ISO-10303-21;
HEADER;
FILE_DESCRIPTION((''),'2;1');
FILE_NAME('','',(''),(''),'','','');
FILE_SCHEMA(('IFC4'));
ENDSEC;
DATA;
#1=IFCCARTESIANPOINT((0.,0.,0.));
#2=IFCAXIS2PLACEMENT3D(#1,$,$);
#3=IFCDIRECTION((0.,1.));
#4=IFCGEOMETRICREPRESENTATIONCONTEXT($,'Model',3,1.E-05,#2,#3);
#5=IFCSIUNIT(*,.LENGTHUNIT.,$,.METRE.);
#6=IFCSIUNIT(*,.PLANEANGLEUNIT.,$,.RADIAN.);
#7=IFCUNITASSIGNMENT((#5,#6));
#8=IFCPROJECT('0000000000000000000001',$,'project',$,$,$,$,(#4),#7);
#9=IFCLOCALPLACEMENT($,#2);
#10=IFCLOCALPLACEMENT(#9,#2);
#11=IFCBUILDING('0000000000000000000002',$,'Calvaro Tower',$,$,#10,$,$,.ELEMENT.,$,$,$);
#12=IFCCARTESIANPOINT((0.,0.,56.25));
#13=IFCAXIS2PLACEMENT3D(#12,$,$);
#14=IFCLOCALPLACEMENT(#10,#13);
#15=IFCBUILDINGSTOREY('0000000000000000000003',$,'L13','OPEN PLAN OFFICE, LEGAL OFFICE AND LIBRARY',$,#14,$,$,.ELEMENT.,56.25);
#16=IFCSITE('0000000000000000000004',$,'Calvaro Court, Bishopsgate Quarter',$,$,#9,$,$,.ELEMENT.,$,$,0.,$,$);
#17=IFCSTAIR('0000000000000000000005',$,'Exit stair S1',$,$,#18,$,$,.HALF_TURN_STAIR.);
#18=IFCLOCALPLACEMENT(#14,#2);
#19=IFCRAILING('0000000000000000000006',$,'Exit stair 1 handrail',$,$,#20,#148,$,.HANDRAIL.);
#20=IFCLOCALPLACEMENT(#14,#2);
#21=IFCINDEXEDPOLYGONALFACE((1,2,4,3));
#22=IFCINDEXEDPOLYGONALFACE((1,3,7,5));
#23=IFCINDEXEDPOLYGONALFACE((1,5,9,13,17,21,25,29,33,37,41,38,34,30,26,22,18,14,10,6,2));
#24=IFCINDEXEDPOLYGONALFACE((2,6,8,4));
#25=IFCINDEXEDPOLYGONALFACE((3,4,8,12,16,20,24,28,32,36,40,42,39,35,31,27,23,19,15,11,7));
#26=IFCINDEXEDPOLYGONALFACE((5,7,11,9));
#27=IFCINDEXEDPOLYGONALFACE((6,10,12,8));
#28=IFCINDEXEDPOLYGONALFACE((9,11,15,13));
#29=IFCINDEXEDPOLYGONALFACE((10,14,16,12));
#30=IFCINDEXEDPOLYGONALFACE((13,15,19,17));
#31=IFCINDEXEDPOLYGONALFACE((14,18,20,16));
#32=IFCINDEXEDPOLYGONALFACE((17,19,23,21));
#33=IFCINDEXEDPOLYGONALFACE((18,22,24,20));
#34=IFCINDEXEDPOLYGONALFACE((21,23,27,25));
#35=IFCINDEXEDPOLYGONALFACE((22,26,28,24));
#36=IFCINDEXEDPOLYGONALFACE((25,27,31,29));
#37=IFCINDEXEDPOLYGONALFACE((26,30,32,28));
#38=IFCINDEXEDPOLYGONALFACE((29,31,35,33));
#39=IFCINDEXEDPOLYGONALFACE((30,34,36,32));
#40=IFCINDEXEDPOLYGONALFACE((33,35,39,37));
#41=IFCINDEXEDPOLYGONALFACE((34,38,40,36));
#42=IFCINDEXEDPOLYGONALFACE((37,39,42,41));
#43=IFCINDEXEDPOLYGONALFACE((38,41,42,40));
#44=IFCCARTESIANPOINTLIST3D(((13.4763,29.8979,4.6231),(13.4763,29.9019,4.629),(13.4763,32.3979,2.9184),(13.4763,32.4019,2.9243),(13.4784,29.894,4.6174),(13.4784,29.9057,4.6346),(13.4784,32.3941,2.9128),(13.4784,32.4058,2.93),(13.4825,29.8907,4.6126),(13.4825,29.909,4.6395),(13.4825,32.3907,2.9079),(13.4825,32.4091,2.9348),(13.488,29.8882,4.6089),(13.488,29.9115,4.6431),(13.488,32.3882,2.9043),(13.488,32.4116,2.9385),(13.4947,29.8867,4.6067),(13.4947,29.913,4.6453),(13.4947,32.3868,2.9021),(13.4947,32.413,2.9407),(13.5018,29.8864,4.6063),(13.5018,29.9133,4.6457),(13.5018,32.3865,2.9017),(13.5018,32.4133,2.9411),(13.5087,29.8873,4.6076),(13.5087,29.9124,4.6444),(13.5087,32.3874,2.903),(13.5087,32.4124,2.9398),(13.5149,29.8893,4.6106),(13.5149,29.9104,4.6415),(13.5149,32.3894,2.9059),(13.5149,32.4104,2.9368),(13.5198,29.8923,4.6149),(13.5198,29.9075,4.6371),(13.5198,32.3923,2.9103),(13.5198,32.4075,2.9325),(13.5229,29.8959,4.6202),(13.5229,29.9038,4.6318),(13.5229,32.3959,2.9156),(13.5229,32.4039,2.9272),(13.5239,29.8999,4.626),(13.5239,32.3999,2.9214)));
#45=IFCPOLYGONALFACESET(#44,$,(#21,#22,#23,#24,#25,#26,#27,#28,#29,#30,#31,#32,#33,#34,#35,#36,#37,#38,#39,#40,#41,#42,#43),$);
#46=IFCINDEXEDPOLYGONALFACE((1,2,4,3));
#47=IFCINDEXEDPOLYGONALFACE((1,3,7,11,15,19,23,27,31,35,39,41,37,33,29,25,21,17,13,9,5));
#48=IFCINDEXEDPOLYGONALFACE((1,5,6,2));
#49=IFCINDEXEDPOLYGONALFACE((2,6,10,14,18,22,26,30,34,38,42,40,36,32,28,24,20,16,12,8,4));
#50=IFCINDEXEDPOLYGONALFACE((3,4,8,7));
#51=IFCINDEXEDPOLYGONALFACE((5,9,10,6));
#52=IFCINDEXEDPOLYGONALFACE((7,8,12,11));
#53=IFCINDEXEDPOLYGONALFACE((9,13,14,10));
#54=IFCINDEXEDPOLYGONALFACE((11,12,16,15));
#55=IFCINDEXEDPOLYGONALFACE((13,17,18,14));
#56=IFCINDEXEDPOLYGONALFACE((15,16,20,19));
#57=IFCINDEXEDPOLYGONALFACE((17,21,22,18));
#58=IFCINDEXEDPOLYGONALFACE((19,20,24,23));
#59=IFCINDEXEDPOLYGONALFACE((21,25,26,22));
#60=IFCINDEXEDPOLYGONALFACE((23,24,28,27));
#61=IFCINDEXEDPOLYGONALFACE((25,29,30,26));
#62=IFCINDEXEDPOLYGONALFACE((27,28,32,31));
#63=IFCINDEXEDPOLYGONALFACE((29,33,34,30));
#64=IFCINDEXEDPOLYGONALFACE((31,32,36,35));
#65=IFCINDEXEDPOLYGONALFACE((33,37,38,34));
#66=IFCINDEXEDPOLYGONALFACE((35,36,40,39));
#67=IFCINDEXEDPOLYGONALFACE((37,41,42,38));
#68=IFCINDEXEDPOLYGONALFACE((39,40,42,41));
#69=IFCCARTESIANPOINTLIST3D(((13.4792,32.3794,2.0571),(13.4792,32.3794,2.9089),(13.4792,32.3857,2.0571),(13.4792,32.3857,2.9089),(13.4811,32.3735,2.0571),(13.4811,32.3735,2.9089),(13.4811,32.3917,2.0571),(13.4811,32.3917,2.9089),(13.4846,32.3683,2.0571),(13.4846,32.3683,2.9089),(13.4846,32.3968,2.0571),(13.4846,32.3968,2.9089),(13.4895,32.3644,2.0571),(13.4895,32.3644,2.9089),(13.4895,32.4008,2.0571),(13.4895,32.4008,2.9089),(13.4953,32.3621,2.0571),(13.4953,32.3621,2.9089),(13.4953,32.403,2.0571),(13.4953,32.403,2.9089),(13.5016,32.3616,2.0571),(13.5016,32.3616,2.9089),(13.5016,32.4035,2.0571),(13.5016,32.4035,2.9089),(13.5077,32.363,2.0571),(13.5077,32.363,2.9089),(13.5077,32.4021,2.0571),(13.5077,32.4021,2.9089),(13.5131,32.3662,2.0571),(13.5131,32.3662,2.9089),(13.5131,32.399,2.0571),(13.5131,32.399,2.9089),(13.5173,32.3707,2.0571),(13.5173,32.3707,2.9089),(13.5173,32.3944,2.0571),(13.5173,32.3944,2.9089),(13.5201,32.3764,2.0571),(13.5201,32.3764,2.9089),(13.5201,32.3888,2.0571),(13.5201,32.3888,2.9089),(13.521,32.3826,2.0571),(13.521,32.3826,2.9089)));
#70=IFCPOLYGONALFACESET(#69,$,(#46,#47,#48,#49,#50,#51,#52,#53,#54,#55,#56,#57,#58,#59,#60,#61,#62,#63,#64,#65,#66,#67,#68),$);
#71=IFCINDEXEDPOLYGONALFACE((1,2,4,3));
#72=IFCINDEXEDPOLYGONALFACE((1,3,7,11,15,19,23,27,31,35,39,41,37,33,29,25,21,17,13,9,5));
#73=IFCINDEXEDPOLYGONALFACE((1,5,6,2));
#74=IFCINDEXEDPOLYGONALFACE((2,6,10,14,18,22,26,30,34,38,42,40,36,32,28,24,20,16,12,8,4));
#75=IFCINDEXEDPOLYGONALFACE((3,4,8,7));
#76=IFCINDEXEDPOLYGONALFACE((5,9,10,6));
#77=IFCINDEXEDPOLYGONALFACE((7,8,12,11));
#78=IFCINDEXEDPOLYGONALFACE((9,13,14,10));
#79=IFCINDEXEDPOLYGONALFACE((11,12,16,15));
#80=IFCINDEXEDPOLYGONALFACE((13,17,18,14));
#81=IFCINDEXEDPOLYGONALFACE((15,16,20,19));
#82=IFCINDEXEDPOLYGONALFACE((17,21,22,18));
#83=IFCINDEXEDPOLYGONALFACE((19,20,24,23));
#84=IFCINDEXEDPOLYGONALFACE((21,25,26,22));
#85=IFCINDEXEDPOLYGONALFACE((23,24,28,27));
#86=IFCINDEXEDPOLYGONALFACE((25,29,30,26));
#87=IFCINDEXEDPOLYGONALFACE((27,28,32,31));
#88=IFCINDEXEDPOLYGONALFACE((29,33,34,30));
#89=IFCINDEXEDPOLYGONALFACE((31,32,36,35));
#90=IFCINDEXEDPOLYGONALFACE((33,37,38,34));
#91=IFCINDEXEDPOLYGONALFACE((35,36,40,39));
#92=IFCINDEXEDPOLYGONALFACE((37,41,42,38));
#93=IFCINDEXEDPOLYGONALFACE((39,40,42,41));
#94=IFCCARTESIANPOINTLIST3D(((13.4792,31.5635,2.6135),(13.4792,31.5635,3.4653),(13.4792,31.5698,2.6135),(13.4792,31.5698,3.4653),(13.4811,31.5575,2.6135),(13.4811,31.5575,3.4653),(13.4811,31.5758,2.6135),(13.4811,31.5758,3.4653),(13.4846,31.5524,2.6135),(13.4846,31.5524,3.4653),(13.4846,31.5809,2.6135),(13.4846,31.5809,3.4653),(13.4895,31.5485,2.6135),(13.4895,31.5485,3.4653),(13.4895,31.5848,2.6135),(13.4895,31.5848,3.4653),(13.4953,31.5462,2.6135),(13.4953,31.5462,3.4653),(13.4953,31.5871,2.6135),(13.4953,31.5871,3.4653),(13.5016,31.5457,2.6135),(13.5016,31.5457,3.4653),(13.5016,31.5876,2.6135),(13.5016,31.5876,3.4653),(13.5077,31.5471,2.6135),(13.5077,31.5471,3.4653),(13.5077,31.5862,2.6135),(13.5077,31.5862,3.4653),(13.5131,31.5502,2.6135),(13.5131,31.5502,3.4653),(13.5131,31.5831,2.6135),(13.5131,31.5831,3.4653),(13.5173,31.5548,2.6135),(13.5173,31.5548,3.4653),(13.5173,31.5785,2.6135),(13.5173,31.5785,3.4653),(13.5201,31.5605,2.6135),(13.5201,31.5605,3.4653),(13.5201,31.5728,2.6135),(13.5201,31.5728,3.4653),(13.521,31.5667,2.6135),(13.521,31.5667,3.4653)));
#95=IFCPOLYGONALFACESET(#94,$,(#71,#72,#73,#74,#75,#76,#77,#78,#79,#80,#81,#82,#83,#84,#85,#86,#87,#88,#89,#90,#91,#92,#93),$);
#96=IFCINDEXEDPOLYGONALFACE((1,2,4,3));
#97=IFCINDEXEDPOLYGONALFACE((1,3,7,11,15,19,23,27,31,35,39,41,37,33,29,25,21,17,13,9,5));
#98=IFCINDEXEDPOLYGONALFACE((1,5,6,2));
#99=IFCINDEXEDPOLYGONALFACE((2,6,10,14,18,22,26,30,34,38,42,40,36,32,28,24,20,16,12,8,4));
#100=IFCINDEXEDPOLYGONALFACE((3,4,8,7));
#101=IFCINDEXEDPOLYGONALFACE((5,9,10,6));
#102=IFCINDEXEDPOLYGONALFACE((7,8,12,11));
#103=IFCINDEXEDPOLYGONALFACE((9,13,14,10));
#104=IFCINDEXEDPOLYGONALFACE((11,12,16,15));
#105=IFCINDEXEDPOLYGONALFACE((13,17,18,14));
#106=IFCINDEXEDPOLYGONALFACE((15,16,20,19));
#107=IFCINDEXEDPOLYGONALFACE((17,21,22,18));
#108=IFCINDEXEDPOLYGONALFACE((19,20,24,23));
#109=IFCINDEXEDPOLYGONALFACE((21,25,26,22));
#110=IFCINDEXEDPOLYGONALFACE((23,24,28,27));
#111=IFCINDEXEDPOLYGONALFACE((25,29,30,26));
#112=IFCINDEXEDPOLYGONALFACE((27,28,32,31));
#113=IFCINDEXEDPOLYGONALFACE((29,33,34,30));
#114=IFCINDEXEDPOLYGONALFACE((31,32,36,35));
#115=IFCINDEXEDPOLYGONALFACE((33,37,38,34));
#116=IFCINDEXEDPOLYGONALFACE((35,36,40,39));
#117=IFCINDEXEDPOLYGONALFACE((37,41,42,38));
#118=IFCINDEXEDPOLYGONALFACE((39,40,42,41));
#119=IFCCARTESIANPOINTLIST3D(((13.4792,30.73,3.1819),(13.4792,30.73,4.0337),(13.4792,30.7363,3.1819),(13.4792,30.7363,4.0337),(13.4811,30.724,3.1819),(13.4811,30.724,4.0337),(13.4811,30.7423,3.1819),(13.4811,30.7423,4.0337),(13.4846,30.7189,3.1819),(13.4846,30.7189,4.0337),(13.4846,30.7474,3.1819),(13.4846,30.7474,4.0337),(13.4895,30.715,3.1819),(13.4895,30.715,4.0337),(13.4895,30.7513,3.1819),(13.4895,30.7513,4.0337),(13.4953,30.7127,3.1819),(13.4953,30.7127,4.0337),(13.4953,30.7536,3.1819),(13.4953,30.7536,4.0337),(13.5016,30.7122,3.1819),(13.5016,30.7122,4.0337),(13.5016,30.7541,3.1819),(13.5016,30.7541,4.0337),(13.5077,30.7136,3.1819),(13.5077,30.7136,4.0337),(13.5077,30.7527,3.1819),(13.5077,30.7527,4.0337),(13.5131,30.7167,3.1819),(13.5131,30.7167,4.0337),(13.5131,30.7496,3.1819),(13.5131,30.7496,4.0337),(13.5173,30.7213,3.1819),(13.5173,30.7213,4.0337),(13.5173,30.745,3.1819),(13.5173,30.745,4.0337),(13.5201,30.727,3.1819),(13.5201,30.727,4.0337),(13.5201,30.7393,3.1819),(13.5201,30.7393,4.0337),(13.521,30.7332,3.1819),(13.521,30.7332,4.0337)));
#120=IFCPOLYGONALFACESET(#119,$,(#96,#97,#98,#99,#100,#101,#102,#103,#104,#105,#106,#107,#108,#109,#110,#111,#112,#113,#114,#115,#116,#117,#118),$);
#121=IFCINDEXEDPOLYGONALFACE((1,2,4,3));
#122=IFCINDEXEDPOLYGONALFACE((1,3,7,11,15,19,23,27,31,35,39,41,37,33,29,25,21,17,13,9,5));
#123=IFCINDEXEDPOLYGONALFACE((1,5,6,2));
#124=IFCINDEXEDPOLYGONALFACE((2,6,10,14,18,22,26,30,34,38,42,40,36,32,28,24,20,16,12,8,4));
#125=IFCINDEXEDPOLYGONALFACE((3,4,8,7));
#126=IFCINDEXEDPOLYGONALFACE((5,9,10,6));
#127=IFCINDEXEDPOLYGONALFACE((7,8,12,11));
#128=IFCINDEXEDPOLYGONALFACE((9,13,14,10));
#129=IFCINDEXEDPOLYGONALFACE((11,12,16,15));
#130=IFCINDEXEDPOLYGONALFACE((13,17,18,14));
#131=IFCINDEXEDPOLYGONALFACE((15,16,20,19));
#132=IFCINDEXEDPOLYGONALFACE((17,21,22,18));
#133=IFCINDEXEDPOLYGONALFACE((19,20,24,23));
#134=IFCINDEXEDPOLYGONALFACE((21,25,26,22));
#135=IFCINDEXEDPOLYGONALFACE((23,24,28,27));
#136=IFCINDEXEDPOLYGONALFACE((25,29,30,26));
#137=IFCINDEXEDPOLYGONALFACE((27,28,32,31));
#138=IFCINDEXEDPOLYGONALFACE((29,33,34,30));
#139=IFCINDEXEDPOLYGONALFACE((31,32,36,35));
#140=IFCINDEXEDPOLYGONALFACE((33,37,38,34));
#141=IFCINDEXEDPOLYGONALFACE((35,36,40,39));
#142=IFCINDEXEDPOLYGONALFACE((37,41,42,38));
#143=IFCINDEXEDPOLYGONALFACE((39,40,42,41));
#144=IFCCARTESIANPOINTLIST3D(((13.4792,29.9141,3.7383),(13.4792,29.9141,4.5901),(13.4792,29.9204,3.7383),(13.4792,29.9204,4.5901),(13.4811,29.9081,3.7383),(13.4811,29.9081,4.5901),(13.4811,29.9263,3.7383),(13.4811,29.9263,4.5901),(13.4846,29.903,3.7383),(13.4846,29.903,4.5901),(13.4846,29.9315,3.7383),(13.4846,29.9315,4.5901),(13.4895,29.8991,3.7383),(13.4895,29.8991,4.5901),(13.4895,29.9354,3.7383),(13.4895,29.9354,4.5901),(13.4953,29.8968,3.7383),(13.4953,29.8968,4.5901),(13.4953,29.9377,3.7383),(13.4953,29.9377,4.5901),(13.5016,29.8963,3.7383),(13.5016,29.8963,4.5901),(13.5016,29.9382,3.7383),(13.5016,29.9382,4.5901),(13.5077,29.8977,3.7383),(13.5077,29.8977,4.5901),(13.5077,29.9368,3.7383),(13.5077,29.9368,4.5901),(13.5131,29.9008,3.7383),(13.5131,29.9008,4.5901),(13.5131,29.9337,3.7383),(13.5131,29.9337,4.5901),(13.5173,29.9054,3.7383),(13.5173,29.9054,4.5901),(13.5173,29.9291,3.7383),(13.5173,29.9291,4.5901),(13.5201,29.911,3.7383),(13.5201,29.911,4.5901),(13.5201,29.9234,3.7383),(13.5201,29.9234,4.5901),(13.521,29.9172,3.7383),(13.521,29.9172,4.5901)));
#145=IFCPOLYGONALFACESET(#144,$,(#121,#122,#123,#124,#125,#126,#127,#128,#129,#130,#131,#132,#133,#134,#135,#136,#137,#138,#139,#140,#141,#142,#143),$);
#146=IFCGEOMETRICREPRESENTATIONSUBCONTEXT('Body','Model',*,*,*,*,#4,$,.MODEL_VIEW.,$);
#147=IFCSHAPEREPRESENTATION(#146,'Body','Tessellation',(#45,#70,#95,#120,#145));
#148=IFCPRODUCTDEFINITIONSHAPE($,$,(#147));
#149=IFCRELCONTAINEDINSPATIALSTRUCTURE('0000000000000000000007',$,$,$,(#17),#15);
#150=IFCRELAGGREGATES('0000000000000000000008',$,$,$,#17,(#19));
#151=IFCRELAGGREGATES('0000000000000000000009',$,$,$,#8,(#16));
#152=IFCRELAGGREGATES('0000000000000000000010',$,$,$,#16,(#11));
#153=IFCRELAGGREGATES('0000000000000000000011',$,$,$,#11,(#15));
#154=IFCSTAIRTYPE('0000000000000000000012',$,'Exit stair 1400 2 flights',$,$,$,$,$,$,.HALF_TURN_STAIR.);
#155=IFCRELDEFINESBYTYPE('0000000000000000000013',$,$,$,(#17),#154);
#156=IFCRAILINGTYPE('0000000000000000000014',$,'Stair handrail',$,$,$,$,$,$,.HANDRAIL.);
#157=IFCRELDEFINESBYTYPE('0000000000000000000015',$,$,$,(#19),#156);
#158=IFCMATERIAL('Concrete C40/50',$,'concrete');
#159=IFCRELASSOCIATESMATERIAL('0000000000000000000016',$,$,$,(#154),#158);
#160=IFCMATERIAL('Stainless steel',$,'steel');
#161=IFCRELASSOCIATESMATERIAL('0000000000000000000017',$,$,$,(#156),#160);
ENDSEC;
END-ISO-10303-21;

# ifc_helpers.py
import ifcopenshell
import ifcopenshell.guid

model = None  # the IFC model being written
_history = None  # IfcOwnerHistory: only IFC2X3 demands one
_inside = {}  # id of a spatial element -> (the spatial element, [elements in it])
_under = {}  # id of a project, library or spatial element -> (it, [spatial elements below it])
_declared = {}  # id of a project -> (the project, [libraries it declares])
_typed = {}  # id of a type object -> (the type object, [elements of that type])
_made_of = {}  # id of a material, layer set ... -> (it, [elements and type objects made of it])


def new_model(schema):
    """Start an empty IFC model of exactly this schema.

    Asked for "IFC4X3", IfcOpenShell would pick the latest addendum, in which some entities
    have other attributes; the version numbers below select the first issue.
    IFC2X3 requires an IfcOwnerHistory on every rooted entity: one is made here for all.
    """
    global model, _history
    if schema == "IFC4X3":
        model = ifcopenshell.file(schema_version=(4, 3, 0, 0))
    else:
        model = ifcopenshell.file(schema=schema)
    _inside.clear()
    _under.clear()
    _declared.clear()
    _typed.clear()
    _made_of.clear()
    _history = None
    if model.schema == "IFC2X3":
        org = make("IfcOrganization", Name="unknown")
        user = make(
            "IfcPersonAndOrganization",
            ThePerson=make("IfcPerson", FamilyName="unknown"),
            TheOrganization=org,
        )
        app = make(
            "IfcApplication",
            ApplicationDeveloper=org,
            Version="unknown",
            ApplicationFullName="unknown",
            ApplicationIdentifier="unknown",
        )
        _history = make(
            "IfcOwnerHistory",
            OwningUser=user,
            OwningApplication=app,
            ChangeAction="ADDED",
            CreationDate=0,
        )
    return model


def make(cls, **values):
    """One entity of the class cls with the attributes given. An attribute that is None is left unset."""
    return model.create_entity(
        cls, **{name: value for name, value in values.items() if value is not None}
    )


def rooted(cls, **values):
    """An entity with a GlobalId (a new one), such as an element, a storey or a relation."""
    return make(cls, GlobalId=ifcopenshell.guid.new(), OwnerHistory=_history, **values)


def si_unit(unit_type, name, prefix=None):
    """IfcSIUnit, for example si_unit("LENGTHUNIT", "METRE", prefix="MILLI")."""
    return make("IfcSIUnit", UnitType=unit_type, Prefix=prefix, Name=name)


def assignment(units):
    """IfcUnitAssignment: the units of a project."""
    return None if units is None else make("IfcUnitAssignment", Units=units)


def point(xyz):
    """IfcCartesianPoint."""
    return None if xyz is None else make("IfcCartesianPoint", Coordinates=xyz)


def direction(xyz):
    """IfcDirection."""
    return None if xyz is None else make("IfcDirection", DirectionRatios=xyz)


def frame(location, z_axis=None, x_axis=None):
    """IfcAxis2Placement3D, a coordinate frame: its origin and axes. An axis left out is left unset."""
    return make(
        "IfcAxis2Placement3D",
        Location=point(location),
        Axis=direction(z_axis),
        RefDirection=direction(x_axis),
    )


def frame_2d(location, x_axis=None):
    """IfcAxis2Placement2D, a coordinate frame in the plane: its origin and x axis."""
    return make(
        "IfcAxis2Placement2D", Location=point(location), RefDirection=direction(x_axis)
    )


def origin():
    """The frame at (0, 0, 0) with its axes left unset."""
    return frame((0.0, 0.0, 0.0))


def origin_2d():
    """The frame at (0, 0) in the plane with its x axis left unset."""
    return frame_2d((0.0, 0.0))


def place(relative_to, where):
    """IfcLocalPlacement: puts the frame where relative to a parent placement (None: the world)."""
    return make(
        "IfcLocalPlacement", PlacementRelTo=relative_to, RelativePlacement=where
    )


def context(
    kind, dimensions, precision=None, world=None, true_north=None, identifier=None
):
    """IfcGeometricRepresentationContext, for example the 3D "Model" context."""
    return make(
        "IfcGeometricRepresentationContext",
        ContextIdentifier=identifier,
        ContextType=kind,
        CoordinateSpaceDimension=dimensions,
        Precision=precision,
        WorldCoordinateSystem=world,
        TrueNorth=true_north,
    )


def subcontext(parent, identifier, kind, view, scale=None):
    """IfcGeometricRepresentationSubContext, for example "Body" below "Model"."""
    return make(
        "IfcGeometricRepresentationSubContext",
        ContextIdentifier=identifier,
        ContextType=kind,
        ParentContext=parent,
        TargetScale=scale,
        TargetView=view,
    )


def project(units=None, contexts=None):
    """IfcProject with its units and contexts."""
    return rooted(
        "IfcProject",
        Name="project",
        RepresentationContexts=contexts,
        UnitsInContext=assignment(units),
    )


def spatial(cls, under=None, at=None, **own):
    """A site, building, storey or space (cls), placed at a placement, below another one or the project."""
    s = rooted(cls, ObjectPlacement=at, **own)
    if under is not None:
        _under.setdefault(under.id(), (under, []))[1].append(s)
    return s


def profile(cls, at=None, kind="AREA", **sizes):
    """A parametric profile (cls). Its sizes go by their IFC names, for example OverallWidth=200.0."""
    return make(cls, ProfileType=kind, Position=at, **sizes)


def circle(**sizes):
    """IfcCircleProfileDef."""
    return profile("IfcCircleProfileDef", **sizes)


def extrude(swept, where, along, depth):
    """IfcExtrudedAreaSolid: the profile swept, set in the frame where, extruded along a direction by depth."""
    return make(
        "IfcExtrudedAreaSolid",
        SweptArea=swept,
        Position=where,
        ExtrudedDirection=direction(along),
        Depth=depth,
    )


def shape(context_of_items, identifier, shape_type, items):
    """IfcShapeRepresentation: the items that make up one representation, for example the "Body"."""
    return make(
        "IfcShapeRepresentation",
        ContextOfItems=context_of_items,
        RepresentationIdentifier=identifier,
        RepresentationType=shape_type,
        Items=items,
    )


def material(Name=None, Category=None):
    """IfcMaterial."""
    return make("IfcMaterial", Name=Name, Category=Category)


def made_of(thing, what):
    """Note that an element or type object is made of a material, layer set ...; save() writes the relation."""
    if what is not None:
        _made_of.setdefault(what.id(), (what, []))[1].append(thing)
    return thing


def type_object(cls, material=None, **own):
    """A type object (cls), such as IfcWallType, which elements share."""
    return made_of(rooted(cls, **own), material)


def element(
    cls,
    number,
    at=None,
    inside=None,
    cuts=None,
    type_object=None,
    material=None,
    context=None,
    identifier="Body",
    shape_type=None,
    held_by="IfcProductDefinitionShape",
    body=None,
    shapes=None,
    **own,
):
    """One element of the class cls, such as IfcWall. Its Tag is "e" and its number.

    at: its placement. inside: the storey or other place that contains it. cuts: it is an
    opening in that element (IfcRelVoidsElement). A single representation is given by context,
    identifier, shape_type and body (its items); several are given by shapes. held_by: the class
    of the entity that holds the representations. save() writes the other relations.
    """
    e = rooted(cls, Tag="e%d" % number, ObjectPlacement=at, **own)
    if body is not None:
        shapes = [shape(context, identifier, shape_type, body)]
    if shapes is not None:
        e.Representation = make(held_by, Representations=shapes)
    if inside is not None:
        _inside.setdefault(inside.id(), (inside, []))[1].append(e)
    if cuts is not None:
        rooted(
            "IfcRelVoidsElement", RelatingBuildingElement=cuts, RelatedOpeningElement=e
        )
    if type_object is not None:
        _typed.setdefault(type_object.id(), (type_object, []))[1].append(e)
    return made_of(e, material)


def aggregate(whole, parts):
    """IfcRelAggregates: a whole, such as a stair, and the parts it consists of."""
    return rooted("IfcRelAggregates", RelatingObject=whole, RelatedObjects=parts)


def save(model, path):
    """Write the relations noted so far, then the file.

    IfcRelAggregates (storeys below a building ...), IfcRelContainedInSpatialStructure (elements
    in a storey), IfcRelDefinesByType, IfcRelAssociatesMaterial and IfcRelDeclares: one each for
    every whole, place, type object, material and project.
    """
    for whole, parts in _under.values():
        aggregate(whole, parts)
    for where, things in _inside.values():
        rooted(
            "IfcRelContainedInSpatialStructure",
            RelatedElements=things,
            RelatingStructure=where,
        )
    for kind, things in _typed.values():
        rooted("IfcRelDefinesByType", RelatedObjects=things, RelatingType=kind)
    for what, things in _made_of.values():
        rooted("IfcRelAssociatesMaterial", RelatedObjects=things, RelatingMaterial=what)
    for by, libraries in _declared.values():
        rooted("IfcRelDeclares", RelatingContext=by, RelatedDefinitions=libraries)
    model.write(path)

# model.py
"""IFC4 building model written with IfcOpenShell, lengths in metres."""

from ifc_helpers import new_model, si_unit, direction, frame, origin, origin_2d, place, context, subcontext, project, spatial, circle, extrude, material, type_object, element, aggregate, save


model = new_model("IFC4")

# Units and contexts
model_context = context("Model", 3, precision=1e-05, world=origin(), true_north=direction((0.0, 1.0)))
body_context = subcontext(model_context, "Body", "Model", "MODEL_VIEW")
ifc_project = project(units=[si_unit("LENGTHUNIT", "METRE"), si_unit("PLANEANGLEUNIT", "RADIAN")], contexts=[model_context])

# Site, building, storey
site_placement = place(None, origin())
site = spatial("IfcSite", under=ifc_project, at=site_placement, Name="Calvaro Court, Bishopsgate Quarter", CompositionType="ELEMENT", RefElevation=0.0)
building_placement = place(site_placement, origin())
building = spatial("IfcBuilding", under=site, at=building_placement, Name="Calvaro Tower", CompositionType="ELEMENT")
storey_placement = place(building_placement, frame((0.0, 0.0, 56.25)))
storey = spatial("IfcBuildingStorey", under=building, at=storey_placement, Name="L13", Description="OPEN PLAN OFFICE, LEGAL OFFICE AND LIBRARY", CompositionType="ELEMENT", Elevation=56.25)

# Stair, railing
ifc_material_1 = material(Name="Concrete C40/50", Category="concrete")
stair_type = type_object("IfcStairType", Name="Exit stair 1400 2 flights", PredefinedType="HALF_TURN_STAIR", material=ifc_material_1)
stair_placement = place(storey_placement, origin())
stair = element("IfcStair", 1, at=stair_placement, inside=storey, type_object=stair_type, Name="Exit stair S1", PredefinedType="HALF_TURN_STAIR")
ifc_material_2 = material(Name="Stainless steel", Category="steel")
railing_type = type_object("IfcRailingType", Name="Stair handrail", PredefinedType="HANDRAIL", material=ifc_material_2)
railing_1_placement = place(storey_placement, frame((13.5, 32.3999, 2.0454)))
railing_1 = element("IfcRailing", 2, at=railing_1_placement, type_object=railing_type, Name="Exit stair 1 handrail", PredefinedType="HANDRAIL", context=body_context, shape_type="SweptSolid", body=[
    extrude(circle(Radius=0.0239, at=origin_2d()), frame((0.0, 0.0, 0.876), z_axis=(0.0, -0.826221, 0.563347), x_axis=(1.0, 0.0, 0.0)), (0.0, 0.0, 1.0), 3.0259),
    extrude(circle(Radius=0.021, at=origin_2d()), frame((0.0, -0.0173, 0.0117)), (0.0, 0.0, 1.0), 0.8518),
    extrude(circle(Radius=0.021, at=origin_2d()), frame((0.0, -0.8333, 0.5681)), (0.0, 0.0, 1.0), 0.8518),
    extrude(circle(Radius=0.021, at=origin_2d()), frame((0.0, -1.6667, 1.1365)), (0.0, 0.0, 1.0), 0.8518),
    extrude(circle(Radius=0.021, at=origin_2d()), frame((0.0, -2.4827, 1.6929)), (0.0, 0.0, 1.0), 0.8518),
])
aggregate(stair, [railing_1])

save(model, "model.ifc")
